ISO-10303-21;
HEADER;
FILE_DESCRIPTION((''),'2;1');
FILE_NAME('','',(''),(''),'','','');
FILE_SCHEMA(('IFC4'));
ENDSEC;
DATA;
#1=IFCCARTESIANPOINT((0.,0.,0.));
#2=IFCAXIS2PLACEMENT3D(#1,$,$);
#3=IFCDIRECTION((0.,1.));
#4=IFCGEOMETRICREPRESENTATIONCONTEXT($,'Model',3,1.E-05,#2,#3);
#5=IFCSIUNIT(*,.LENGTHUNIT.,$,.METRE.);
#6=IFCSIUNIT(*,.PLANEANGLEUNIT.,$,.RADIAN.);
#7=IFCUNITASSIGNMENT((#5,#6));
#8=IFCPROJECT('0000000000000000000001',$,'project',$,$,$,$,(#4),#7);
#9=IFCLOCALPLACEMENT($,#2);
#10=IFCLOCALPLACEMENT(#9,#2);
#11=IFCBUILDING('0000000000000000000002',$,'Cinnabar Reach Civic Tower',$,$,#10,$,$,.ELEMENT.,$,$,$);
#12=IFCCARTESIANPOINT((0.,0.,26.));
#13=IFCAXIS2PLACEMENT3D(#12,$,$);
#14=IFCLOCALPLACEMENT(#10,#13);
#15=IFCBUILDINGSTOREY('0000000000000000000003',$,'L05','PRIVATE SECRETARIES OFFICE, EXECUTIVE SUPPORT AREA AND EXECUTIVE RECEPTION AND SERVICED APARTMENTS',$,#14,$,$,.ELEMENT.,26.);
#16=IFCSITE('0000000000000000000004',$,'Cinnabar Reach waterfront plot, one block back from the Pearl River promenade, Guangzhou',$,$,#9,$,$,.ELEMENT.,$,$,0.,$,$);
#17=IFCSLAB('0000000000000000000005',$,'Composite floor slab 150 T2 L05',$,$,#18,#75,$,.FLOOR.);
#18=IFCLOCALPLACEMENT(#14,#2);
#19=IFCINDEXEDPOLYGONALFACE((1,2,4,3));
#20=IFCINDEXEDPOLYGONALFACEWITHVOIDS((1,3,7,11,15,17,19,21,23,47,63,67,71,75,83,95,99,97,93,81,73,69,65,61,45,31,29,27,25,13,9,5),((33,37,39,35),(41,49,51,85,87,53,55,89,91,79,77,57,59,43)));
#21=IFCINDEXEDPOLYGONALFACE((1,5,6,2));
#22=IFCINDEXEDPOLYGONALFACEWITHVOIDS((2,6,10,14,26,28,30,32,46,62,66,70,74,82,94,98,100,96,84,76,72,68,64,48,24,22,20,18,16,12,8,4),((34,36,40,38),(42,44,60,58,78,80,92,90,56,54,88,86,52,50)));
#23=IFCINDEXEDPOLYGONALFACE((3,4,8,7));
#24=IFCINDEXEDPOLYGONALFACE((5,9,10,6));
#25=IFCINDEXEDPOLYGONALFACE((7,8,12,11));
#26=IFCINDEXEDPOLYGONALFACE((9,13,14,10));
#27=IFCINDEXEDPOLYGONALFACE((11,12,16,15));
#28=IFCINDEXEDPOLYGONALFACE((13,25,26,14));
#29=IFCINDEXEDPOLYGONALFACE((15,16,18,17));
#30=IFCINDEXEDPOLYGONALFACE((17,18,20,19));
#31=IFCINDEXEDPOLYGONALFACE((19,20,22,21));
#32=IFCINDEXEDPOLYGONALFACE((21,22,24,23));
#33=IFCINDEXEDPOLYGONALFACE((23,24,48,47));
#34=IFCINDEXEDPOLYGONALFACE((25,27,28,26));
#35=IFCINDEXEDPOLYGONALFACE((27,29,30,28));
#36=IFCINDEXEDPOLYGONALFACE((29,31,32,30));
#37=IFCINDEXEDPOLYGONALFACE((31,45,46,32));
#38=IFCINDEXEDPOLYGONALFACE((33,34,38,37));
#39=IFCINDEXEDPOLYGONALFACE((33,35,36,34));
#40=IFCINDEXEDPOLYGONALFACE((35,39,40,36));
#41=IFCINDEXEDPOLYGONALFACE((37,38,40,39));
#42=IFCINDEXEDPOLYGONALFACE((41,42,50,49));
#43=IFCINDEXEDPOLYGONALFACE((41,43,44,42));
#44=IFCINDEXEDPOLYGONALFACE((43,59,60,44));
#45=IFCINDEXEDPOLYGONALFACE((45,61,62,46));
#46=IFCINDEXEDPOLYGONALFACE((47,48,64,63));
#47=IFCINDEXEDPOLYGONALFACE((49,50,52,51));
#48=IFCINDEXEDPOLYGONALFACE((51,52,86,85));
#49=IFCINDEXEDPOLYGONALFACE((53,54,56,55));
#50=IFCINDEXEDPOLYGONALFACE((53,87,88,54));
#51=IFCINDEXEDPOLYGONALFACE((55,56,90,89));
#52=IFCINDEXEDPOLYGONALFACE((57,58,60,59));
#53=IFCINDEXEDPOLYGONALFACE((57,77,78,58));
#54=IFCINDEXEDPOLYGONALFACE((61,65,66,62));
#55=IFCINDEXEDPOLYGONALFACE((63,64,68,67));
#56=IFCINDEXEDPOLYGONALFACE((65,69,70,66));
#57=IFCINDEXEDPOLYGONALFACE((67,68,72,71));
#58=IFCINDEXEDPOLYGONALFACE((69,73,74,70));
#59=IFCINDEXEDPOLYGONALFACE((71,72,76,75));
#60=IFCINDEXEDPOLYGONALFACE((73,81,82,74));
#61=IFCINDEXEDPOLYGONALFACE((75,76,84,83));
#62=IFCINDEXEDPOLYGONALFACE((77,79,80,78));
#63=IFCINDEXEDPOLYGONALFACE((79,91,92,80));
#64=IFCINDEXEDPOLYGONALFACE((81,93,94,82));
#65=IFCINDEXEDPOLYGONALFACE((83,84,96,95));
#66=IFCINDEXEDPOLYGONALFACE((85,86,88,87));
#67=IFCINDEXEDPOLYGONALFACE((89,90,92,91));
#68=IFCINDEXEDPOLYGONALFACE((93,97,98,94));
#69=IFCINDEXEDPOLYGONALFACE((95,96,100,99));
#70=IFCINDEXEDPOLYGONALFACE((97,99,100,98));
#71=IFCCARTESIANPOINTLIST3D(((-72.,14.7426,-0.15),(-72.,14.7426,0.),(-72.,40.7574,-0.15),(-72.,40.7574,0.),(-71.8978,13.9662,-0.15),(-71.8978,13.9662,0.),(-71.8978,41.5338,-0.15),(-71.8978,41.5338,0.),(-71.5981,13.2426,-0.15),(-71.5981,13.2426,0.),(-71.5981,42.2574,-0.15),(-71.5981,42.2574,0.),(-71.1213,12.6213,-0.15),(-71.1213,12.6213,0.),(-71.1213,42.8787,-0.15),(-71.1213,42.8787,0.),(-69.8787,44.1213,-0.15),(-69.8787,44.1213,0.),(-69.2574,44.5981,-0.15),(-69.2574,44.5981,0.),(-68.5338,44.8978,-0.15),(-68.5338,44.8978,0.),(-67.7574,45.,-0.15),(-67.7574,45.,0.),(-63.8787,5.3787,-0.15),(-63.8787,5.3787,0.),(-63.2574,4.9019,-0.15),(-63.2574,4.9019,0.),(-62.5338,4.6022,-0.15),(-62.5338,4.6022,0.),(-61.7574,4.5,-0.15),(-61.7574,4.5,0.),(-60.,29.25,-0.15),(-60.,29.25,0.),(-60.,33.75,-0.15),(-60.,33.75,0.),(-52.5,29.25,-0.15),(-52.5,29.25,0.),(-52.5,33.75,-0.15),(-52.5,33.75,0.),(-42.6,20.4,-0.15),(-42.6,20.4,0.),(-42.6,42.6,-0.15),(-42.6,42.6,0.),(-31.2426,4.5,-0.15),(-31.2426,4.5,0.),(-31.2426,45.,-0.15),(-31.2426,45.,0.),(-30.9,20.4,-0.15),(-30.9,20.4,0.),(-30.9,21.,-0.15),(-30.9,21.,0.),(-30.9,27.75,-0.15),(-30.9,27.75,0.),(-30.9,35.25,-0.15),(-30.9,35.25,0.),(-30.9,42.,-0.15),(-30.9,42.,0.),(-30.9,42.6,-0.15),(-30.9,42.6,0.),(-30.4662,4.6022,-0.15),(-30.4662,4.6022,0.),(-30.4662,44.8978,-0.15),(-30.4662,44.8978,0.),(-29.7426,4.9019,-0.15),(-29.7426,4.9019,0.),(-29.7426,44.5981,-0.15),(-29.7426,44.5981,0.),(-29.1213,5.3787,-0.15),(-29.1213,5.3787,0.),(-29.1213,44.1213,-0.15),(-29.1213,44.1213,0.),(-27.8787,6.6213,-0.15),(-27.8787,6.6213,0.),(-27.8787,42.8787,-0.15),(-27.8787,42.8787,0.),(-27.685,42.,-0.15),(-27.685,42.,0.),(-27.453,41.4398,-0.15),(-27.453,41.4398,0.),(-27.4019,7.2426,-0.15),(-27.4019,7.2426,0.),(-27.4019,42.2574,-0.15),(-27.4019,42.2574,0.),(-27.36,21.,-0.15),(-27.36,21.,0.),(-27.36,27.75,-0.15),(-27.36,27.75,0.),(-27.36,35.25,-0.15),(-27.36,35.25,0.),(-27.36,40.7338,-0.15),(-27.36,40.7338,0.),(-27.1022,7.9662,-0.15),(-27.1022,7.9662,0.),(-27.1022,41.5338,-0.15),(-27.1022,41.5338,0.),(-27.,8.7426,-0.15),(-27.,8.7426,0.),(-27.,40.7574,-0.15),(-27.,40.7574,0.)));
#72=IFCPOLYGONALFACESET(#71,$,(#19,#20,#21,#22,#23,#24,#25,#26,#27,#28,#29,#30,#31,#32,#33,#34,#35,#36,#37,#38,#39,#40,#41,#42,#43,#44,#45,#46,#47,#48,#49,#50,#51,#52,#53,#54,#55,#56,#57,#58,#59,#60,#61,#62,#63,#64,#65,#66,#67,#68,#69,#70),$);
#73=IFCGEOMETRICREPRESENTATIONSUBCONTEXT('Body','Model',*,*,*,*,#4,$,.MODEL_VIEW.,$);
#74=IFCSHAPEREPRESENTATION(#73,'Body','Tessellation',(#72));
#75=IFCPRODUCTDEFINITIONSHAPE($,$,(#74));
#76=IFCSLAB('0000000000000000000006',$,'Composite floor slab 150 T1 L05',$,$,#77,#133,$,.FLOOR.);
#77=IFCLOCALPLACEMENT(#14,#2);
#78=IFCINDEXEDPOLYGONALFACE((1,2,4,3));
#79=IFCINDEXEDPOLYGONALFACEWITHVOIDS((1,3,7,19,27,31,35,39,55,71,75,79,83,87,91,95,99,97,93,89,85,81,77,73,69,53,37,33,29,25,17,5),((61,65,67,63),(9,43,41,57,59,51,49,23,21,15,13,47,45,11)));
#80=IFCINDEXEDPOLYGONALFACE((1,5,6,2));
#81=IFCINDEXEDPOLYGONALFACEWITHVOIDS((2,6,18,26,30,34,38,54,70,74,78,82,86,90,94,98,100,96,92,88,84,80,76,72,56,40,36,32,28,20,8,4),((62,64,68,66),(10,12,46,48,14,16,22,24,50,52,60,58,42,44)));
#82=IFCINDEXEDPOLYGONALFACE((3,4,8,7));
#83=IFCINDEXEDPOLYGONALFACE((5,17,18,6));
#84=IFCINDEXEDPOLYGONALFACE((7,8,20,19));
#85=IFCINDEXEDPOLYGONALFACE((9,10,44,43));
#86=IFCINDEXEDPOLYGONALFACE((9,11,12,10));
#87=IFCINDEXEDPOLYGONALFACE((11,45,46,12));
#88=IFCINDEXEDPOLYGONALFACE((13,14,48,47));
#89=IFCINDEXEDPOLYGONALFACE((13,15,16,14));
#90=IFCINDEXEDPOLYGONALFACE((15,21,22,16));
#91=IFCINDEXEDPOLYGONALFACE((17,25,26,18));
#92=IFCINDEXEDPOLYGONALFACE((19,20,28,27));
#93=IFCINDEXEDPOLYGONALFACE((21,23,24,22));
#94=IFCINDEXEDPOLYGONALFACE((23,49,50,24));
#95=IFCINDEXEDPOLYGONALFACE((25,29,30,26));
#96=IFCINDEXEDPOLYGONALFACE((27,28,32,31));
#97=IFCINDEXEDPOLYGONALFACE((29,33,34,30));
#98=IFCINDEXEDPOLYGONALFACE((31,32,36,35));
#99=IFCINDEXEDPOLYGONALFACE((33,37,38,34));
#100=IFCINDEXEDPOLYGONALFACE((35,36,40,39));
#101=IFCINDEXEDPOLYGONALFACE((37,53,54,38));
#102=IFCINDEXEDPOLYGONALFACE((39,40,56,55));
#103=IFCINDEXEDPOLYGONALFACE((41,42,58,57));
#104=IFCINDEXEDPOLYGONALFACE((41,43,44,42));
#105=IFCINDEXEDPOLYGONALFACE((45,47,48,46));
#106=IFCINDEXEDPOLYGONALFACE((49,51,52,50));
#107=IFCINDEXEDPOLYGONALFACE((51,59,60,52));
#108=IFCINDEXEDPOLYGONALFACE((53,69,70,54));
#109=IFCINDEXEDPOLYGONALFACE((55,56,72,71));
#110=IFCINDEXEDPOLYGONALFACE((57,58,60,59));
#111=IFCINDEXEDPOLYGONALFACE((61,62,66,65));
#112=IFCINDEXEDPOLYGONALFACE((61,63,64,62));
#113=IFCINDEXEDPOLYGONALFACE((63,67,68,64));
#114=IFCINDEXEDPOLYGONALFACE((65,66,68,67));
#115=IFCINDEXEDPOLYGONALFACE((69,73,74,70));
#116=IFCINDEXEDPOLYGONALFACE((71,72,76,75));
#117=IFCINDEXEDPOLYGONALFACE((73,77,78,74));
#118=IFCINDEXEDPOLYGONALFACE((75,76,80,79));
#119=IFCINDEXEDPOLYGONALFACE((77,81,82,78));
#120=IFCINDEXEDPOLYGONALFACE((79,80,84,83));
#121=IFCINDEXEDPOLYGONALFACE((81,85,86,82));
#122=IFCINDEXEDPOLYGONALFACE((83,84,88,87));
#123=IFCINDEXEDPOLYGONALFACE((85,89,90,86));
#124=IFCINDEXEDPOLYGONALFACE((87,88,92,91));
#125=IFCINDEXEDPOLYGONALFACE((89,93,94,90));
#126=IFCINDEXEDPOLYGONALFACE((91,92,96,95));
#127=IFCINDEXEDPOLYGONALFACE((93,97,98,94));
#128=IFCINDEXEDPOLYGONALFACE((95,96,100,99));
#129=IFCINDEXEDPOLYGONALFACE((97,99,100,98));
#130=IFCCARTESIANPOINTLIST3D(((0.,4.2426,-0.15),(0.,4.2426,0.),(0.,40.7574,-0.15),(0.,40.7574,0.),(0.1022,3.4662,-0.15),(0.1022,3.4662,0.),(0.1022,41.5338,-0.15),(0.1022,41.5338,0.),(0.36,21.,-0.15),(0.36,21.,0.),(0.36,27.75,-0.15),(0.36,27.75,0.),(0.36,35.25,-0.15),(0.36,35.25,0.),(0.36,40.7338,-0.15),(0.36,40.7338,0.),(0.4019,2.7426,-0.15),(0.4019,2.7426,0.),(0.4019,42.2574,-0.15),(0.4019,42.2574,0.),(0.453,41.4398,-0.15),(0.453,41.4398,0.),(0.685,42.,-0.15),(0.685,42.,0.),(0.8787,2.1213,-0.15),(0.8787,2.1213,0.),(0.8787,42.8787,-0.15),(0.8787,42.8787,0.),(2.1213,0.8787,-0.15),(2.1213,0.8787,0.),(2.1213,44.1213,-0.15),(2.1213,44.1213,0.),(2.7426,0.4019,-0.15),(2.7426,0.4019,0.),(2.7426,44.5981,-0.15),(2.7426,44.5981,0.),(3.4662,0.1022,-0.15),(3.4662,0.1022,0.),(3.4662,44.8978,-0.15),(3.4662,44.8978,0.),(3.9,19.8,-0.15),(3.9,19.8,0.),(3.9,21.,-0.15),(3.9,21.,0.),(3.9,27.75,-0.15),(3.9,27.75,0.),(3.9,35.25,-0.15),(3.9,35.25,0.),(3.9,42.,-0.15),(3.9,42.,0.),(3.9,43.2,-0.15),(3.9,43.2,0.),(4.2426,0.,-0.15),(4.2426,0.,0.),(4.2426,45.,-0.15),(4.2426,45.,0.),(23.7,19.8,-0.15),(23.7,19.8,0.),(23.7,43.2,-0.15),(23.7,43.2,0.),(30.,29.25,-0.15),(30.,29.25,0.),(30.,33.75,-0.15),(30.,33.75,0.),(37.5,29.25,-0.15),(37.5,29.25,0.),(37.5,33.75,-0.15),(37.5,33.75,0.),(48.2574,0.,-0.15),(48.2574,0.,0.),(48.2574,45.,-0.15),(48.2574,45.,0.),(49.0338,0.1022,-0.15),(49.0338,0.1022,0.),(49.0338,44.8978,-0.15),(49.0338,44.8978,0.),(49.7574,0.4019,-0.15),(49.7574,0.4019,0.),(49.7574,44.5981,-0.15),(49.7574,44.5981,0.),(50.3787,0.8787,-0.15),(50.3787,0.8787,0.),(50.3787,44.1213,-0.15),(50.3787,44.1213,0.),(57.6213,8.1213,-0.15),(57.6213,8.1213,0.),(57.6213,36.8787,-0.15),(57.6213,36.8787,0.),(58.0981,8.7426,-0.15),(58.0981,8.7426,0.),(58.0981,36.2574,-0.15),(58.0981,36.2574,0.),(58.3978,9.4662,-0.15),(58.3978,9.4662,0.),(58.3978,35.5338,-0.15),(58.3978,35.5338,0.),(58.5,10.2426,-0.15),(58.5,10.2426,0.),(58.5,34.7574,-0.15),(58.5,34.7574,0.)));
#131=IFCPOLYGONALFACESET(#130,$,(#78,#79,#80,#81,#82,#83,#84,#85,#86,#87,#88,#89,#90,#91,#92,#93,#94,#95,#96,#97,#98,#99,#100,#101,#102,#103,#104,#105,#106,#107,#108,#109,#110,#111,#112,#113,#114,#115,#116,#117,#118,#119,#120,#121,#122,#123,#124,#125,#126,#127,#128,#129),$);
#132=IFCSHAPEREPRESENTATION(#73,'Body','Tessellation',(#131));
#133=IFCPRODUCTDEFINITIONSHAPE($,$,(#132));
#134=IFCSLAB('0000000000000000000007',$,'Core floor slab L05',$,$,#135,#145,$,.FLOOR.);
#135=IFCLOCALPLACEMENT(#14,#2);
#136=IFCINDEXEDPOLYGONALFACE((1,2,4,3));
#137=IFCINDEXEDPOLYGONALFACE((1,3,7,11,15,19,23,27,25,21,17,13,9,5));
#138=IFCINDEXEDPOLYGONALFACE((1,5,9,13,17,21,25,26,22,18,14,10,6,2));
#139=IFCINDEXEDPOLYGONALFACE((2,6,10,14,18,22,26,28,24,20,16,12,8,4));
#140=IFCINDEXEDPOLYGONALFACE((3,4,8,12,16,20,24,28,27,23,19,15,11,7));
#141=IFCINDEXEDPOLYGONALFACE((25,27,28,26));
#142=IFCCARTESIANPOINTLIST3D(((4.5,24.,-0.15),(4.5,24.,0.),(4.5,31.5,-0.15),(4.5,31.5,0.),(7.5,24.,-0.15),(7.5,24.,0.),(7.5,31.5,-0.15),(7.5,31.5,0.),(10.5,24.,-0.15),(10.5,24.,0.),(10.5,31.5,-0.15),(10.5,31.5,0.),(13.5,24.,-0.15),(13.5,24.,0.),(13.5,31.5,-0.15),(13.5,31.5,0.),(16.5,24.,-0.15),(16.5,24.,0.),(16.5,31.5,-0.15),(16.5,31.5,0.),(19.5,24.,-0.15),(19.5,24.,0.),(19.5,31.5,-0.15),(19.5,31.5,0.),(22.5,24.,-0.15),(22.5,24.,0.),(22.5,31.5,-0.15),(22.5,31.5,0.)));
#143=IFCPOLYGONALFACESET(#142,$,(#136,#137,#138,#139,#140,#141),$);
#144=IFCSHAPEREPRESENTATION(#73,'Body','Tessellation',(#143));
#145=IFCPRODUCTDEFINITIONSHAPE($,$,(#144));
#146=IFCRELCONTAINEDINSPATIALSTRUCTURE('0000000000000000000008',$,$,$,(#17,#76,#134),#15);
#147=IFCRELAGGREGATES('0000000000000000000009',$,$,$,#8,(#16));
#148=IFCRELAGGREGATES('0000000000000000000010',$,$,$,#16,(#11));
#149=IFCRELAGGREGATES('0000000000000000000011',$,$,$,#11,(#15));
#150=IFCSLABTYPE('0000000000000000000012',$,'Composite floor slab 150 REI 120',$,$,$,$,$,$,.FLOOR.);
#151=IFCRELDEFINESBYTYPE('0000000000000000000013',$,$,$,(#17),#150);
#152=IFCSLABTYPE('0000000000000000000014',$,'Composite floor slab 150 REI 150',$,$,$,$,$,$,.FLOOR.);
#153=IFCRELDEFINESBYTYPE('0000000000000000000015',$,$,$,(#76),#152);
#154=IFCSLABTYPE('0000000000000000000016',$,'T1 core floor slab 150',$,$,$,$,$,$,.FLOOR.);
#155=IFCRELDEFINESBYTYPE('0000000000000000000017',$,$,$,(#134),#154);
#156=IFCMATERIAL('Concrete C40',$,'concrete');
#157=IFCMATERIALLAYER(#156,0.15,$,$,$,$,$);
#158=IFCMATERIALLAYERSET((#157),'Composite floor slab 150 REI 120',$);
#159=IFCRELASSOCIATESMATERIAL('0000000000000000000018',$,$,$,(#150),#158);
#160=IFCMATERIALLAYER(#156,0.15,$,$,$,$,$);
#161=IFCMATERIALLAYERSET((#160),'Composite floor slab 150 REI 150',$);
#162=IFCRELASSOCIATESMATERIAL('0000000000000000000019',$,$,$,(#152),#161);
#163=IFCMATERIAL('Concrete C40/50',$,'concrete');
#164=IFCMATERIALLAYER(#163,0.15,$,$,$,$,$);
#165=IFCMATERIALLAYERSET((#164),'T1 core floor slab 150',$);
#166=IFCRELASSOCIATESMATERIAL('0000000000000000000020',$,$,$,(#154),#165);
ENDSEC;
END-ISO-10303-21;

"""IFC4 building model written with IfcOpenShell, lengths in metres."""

from ifc_helpers import new_model, si_unit, direction, frame, origin, place, context, subcontext, project, spatial, polyline, outline, extrude, material, layer, layer_set, type_object, element, save


model = new_model("IFC4")

# Units and contexts
model_context = context("Model", 3, precision=1e-05, world=origin(), true_north=direction((0.0, 1.0)))
body_context = subcontext(model_context, "Body", "Model", "MODEL_VIEW")
ifc_project = project(units=[si_unit("LENGTHUNIT", "METRE"), si_unit("PLANEANGLEUNIT", "RADIAN")], contexts=[model_context])

# Site, building, storey
site_placement = place(None, origin())
site = spatial("IfcSite", under=ifc_project, at=site_placement, Name="Cinnabar Reach waterfront plot, one block back from the Pearl River promenade, Guangzhou", CompositionType="ELEMENT", RefElevation=0.0)
building_placement = place(site_placement, origin())
building = spatial("IfcBuilding", under=site, at=building_placement, Name="Cinnabar Reach Civic Tower", CompositionType="ELEMENT")
storey_placement = place(building_placement, frame((0.0, 0.0, 26.0)))
storey = spatial("IfcBuildingStorey", under=building, at=storey_placement, Name="L05", Description="PRIVATE SECRETARIES OFFICE, EXECUTIVE SUPPORT AREA AND EXECUTIVE RECEPTION AND SERVICED APARTMENTS", CompositionType="ELEMENT", Elevation=26.0)

# Shared definitions
ifc_material_1 = material(Name="Concrete C40", Category="concrete")

# Slabs
ifc_layer_1 = layer(ifc_material_1, 0.15)
ifc_layer_set_1 = layer_set([ifc_layer_1], Name="Composite floor slab 150 REI 120")
slab_type_1 = type_object("IfcSlabType", Name="Composite floor slab 150 REI 120", PredefinedType="FLOOR", material=ifc_layer_set_1)
slab_1_placement = place(storey_placement, frame((0.0, 0.0, -0.15)))
element("IfcSlab", 1, at=slab_1_placement, inside=storey, type_object=slab_type_1, Name="Composite floor slab 150 T2 L05", PredefinedType="FLOOR", context=body_context, shape_type="SweptSolid", body=[
    extrude(outline(polyline([(-71.1213, 12.6213), (-71.5981, 13.2426), (-71.8978, 13.9662), (-72.0, 14.7426), (-72.0, 40.7574), (-71.8978, 41.5338), (-71.5981, 42.2574), (-71.1213, 42.8787), (-69.8787, 44.1213), (-69.2574, 44.5981), (-68.5338, 44.8978), (-67.7574, 45.0), (-31.2426, 45.0), (-30.4662, 44.8978), (-29.7426, 44.5981), (-29.1213, 44.1213), (-27.8787, 42.8787), (-27.4019, 42.2574), (-27.1022, 41.5338), (-27.0, 40.7574), (-27.0, 8.7426), (-27.1022, 7.9662), (-27.4019, 7.2426), (-27.8787, 6.6213), (-29.1213, 5.3787), (-29.7426, 4.9019), (-30.4662, 4.6022), (-31.2426, 4.5), (-61.7574, 4.5), (-62.5338, 4.6022), (-63.2574, 4.9019), (-63.8787, 5.3787), (-71.1213, 12.6213)]), holes=[polyline([(-30.9, 27.75), (-30.9, 35.25), (-27.36, 35.25), (-27.36, 40.7338), (-27.453, 41.4398), (-27.685, 42.0), (-30.9, 42.0), (-30.9, 42.6), (-42.6, 42.6), (-42.6, 20.4), (-30.9, 20.4), (-30.9, 21.0), (-27.36, 21.0), (-27.36, 27.75), (-30.9, 27.75)]), polyline([(-60.0, 33.75), (-60.0, 29.25), (-52.5, 29.25), (-52.5, 33.75), (-60.0, 33.75)])]), origin(), (0.0, 0.0, 1.0), 0.15),
])
ifc_layer_2 = layer(ifc_material_1, 0.15)
ifc_layer_set_2 = layer_set([ifc_layer_2], Name="Composite floor slab 150 REI 150")
slab_type_2 = type_object("IfcSlabType", Name="Composite floor slab 150 REI 150", PredefinedType="FLOOR", material=ifc_layer_set_2)
slab_2_placement = place(storey_placement, frame((0.0, 0.0, -0.15)))
element("IfcSlab", 2, at=slab_2_placement, inside=storey, type_object=slab_type_2, Name="Composite floor slab 150 T1 L05", PredefinedType="FLOOR", context=body_context, shape_type="SweptSolid", body=[
    extrude(outline(polyline([(0.8787, 2.1213), (0.4019, 2.7426), (0.1022, 3.4662), (0.0, 4.2426), (0.0, 40.7574), (0.1022, 41.5338), (0.4019, 42.2574), (0.8787, 42.8787), (2.1213, 44.1213), (2.7426, 44.5981), (3.4662, 44.8978), (4.2426, 45.0), (48.2574, 45.0), (49.0338, 44.8978), (49.7574, 44.5981), (50.3787, 44.1213), (57.6213, 36.8787), (58.0981, 36.2574), (58.3978, 35.5338), (58.5, 34.7574), (58.5, 10.2426), (58.3978, 9.4662), (58.0981, 8.7426), (57.6213, 8.1213), (50.3787, 0.8787), (49.7574, 0.4019), (49.0338, 0.1022), (48.2574, 0.0), (4.2426, 0.0), (3.4662, 0.1022), (2.7426, 0.4019), (2.1213, 0.8787), (0.8787, 2.1213)]), holes=[polyline([(0.36, 21.0), (3.9, 21.0), (3.9, 19.8), (23.7, 19.8), (23.7, 43.2), (3.9, 43.2), (3.9, 42.0), (0.685, 42.0), (0.453, 41.4398), (0.36, 40.7338), (0.36, 35.25), (3.9, 35.25), (3.9, 27.75), (0.36, 27.75), (0.36, 21.0)]), polyline([(30.0, 33.75), (30.0, 29.25), (37.5, 29.25), (37.5, 33.75), (30.0, 33.75)])]), origin(), (0.0, 0.0, 1.0), 0.15),
])
ifc_material_2 = material(Name="Concrete C40/50", Category="concrete")
ifc_layer_3 = layer(ifc_material_2, 0.15)
ifc_layer_set_3 = layer_set([ifc_layer_3], Name="T1 core floor slab 150")
slab_type_3 = type_object("IfcSlabType", Name="T1 core floor slab 150", PredefinedType="FLOOR", material=ifc_layer_set_3)
slab_3_placement = place(storey_placement, frame((0.0, 0.0, -0.15)))
element("IfcSlab", 3, at=slab_3_placement, inside=storey, type_object=slab_type_3, Name="Core floor slab L05", PredefinedType="FLOOR", context=body_context, shape_type="SweptSolid", body=[
    extrude(outline(polyline([(22.5, 24.0), (19.5, 24.0), (16.5, 24.0), (13.5, 24.0), (10.5, 24.0), (7.5, 24.0), (4.5, 24.0), (4.5, 31.5), (7.5, 31.5), (10.5, 31.5), (13.5, 31.5), (16.5, 31.5), (19.5, 31.5), (22.5, 31.5), (22.5, 24.0)])), origin(), (0.0, 0.0, 1.0), 0.15),
])

save(model, "model.ifc")
